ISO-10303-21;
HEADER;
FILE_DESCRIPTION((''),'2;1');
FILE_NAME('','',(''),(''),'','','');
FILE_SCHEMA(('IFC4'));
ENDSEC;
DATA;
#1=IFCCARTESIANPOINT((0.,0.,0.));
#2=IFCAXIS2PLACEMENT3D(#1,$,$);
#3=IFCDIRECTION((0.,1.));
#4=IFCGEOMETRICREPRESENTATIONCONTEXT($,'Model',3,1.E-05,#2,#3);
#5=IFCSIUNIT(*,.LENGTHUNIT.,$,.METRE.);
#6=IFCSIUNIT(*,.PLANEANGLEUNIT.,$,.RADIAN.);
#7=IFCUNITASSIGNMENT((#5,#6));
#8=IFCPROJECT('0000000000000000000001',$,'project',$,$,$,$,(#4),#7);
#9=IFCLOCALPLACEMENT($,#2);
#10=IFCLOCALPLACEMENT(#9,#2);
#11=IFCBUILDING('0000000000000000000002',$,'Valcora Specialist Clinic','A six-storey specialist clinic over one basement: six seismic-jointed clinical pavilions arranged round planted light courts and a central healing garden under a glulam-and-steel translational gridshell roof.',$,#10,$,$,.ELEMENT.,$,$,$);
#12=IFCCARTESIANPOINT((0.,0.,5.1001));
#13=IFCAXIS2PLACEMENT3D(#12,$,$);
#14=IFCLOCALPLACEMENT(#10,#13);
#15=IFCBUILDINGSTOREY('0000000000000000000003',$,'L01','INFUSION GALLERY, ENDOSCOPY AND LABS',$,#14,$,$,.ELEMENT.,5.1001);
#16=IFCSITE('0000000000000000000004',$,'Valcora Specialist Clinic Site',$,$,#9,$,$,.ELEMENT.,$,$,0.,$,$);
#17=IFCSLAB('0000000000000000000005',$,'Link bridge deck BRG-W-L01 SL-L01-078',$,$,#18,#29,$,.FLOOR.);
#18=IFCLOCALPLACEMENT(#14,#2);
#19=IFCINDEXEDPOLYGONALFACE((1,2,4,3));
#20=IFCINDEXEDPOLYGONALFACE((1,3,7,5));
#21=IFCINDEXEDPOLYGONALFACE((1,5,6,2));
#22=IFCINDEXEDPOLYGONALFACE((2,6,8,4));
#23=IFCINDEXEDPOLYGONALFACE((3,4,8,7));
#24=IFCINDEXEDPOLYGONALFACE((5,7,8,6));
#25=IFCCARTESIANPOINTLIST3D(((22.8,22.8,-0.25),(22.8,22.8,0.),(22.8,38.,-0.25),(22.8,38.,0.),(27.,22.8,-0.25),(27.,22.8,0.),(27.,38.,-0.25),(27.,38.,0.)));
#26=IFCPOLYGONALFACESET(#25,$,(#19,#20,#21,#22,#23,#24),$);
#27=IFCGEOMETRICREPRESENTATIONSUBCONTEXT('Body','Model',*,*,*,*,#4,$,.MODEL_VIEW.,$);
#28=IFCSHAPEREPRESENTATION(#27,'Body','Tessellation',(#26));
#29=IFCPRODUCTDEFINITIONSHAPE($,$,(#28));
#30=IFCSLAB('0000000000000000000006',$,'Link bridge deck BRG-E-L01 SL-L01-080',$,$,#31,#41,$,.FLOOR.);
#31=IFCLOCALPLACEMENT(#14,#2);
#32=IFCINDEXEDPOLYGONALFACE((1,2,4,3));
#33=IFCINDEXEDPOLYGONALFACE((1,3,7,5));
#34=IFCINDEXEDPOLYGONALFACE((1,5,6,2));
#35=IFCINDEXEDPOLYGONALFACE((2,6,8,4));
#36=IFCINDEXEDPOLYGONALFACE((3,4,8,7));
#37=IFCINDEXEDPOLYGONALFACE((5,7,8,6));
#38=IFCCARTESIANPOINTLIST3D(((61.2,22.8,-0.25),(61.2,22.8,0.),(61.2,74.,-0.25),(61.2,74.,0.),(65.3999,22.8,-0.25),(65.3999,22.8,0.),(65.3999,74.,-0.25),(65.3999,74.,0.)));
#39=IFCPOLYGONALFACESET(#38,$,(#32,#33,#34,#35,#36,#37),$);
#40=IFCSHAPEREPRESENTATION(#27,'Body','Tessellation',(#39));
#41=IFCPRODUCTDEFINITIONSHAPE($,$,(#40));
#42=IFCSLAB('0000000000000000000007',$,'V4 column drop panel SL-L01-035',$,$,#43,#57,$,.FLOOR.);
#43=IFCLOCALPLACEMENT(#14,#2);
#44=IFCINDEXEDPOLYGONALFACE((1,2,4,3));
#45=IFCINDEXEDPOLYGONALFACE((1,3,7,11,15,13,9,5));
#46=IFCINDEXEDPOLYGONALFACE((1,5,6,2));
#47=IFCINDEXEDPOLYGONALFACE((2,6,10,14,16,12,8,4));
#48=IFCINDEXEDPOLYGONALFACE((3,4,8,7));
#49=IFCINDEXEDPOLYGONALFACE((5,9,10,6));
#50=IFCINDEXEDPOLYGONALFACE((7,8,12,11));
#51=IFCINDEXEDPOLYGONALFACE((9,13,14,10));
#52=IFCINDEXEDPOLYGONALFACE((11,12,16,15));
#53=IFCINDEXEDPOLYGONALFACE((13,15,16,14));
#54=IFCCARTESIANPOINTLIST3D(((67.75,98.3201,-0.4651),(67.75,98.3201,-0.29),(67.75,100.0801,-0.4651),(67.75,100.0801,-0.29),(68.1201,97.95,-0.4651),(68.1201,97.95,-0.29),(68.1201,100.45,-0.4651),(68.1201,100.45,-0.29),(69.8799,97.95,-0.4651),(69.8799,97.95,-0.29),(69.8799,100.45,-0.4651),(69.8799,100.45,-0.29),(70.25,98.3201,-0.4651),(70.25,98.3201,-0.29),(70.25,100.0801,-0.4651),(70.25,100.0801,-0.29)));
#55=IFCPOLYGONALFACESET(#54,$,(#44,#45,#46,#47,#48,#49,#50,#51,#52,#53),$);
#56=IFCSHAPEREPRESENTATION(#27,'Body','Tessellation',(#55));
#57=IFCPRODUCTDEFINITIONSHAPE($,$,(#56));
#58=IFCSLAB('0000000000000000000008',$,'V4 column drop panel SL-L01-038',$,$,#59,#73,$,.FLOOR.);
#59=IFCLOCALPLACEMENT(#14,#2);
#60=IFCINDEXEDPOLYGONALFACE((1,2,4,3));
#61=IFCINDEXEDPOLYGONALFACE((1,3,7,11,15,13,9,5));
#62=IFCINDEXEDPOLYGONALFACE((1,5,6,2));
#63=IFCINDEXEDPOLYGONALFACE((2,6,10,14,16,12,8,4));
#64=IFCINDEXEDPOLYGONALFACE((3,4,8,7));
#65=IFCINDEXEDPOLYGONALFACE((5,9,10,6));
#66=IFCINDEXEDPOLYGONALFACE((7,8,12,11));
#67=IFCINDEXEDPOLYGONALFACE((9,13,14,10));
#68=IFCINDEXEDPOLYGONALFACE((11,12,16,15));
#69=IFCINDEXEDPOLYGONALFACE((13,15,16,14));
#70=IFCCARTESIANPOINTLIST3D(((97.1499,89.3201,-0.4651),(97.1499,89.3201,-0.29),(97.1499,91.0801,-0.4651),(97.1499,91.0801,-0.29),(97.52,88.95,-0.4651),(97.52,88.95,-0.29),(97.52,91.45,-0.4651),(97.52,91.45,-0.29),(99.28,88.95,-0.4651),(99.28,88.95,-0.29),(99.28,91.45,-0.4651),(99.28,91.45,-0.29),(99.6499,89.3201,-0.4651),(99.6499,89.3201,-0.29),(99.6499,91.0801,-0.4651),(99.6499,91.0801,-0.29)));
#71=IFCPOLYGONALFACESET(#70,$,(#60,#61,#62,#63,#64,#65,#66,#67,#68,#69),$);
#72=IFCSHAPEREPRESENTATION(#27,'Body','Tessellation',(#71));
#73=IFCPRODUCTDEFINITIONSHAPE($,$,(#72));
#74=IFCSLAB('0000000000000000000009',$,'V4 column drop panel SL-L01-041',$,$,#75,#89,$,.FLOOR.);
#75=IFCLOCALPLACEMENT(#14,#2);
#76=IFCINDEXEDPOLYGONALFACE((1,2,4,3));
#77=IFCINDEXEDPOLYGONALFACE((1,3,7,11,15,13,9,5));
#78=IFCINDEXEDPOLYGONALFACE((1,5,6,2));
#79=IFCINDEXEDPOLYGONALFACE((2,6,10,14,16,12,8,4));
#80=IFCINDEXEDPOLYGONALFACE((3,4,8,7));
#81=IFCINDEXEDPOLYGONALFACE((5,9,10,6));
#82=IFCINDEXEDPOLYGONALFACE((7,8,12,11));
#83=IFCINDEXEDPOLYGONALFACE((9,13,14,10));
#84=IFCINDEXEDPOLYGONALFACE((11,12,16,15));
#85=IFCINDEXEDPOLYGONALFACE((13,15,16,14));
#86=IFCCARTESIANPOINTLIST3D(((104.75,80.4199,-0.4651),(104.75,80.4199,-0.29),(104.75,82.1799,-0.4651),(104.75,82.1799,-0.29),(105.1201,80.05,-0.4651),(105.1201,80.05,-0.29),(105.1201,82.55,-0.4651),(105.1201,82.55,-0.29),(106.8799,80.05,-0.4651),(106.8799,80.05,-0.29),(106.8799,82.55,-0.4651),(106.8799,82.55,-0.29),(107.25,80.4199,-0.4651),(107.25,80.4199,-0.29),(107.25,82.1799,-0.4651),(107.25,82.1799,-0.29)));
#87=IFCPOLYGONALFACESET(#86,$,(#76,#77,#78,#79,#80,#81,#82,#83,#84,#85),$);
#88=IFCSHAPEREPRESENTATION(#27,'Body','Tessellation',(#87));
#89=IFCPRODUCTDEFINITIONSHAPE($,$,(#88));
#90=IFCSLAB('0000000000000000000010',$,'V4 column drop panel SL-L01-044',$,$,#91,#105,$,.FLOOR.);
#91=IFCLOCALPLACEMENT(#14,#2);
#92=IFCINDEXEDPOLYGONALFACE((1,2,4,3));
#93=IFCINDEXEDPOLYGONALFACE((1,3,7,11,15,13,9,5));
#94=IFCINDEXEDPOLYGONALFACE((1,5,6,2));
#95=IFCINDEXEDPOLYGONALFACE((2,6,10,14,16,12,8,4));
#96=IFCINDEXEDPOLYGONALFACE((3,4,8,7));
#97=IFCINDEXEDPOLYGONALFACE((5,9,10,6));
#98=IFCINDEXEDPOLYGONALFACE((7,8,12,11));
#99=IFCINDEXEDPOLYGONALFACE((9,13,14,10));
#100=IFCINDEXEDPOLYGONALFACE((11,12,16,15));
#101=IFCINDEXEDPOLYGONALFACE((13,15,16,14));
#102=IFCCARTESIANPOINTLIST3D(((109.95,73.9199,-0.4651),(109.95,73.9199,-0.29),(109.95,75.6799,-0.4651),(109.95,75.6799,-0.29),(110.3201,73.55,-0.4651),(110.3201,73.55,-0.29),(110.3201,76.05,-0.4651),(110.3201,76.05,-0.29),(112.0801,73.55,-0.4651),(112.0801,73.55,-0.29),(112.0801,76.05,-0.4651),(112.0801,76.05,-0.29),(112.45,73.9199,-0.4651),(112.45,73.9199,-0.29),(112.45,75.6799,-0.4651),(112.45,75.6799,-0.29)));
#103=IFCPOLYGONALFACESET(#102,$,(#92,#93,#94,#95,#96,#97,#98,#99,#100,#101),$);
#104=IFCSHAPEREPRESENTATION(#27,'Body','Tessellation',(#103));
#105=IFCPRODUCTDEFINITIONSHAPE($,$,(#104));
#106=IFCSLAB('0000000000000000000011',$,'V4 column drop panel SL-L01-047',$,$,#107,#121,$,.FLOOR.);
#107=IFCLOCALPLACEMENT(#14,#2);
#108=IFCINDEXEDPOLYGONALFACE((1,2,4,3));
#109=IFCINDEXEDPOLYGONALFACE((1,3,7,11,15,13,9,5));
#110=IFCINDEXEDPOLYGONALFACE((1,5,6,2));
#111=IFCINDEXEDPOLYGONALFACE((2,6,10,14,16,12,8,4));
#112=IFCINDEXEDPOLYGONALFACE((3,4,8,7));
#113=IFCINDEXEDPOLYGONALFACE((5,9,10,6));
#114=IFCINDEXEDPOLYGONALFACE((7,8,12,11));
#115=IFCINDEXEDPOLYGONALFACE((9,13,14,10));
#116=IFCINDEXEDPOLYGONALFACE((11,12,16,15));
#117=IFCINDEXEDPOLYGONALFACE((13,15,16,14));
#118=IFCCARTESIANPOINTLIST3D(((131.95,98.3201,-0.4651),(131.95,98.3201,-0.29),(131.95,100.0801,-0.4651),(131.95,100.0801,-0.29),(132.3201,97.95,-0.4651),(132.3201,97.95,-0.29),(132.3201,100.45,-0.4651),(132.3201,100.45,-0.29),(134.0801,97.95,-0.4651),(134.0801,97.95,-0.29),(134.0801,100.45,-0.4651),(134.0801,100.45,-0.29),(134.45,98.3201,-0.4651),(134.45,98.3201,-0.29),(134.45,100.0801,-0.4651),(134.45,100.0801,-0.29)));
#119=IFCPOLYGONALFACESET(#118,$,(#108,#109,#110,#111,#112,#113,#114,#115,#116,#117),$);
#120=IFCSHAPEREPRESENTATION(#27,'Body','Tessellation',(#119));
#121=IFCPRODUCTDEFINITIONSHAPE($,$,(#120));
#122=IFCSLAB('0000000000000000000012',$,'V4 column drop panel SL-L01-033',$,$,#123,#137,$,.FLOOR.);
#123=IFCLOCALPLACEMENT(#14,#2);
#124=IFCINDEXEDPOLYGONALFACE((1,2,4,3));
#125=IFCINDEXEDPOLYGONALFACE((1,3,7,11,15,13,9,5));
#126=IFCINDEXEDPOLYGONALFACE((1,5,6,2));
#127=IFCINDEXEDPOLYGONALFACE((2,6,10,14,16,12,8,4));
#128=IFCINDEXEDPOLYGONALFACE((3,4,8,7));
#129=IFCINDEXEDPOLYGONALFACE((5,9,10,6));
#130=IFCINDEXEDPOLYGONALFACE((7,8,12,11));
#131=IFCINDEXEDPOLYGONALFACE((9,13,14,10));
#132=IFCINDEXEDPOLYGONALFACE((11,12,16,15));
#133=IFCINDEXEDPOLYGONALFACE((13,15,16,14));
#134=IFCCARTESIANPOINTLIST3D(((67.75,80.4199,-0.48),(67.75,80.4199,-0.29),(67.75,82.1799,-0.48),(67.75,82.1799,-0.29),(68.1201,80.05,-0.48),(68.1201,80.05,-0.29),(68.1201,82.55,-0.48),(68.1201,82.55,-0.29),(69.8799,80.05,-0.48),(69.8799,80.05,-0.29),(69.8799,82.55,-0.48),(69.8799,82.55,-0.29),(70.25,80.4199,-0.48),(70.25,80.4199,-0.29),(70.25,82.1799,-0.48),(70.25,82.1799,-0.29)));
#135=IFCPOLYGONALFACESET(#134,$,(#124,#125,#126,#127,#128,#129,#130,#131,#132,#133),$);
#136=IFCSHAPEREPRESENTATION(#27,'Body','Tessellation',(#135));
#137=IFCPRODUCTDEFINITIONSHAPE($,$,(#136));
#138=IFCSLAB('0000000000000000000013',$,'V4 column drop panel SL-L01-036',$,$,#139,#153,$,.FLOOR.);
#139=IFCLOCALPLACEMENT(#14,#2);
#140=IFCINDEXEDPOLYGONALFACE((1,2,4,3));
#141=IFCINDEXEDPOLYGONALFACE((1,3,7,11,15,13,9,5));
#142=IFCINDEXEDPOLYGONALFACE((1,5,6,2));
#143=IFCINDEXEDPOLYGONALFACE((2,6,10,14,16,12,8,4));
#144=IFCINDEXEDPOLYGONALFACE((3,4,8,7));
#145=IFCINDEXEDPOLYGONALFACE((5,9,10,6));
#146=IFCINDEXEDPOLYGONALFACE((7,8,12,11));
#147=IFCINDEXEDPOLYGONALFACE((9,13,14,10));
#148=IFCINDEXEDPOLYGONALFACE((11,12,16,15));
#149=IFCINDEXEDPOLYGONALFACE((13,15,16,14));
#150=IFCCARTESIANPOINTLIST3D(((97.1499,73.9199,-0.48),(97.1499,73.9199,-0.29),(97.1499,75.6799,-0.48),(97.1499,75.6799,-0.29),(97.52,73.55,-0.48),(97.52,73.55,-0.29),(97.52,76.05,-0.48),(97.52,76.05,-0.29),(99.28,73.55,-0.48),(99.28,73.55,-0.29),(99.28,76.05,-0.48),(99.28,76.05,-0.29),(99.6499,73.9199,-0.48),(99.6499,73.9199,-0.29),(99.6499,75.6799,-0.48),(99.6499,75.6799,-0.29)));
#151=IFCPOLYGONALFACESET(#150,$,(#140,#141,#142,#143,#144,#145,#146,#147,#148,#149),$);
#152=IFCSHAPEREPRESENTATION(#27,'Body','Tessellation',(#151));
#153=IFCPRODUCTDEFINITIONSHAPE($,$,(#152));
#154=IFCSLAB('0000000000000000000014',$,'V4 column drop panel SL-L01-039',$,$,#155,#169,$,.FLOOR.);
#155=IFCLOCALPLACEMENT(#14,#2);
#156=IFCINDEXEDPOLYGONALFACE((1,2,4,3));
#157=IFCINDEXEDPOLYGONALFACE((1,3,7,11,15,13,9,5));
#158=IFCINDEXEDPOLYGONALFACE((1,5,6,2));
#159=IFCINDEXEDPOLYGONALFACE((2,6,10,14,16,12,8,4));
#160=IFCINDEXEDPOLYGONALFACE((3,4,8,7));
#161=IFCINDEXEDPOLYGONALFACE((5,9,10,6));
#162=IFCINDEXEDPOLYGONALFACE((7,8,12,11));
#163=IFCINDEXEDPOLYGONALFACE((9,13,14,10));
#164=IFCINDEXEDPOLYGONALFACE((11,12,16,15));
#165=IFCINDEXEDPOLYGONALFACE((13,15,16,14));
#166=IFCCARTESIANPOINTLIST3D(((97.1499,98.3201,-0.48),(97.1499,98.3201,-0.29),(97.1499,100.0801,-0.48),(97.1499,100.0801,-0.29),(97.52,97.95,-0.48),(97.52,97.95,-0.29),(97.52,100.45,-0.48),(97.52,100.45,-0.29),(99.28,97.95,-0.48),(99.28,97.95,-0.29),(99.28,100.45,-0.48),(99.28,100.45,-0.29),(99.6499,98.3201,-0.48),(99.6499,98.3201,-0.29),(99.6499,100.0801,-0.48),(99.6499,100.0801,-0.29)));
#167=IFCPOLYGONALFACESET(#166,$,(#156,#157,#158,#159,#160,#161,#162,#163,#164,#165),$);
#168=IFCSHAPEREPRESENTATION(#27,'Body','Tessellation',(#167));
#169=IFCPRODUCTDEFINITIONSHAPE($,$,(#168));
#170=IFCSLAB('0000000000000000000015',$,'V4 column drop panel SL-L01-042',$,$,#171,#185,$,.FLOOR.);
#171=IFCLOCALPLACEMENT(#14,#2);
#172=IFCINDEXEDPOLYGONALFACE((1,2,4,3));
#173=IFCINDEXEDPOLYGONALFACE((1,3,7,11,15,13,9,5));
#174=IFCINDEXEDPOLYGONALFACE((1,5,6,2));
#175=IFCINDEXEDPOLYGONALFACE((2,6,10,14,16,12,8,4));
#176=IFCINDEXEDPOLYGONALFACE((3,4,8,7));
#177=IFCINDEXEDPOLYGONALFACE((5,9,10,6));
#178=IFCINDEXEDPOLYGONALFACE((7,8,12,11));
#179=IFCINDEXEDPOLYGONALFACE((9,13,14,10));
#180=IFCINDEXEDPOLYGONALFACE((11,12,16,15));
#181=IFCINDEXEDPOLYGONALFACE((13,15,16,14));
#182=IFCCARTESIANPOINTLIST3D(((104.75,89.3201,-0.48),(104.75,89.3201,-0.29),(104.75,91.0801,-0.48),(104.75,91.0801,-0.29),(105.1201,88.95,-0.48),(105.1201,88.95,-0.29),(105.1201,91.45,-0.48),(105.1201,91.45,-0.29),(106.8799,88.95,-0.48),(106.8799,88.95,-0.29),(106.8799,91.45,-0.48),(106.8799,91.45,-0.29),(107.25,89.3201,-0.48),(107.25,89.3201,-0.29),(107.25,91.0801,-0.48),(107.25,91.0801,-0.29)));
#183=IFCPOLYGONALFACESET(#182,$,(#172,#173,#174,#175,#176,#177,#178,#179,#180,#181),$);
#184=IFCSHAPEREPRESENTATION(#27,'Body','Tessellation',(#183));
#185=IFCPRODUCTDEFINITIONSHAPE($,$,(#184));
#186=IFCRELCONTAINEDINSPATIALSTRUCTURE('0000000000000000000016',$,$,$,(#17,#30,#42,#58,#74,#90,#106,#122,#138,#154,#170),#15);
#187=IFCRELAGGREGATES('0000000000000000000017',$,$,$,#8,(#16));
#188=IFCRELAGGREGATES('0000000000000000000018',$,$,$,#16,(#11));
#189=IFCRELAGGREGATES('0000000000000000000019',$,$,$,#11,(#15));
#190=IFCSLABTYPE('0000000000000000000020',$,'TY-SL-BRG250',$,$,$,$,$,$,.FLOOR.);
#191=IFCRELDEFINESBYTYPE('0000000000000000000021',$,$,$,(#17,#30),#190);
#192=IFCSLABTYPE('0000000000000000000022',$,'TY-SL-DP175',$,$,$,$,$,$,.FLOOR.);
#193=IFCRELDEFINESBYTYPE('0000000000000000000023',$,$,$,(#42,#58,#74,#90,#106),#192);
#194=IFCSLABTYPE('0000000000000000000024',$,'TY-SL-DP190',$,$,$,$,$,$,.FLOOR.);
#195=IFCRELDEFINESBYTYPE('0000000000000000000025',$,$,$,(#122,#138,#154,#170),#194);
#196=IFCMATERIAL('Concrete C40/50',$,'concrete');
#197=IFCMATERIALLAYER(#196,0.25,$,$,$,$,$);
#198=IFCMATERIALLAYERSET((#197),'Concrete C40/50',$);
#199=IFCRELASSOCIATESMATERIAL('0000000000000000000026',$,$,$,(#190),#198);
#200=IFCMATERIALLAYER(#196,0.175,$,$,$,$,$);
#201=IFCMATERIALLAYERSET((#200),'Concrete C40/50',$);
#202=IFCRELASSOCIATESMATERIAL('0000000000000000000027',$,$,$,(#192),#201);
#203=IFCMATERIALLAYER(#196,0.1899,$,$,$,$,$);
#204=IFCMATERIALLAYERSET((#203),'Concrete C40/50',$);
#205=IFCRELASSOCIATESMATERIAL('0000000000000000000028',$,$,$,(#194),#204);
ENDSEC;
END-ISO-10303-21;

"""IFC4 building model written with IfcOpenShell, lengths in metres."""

from ifc_helpers import new_model, si_unit, direction, frame, origin, place, context, subcontext, project, spatial, polyline, outline, extrude, material, layer, layer_set, type_object, element, save


model = new_model("IFC4")

# Units and contexts
model_context = context("Model", 3, precision=1e-05, world=origin(), true_north=direction((0.0, 1.0)))
body_context = subcontext(model_context, "Body", "Model", "MODEL_VIEW")
ifc_project = project(units=[si_unit("LENGTHUNIT", "METRE"), si_unit("PLANEANGLEUNIT", "RADIAN")], contexts=[model_context])

# Site, building, storey
site_placement = place(None, origin())
site = spatial("IfcSite", under=ifc_project, at=site_placement, Name="Valcora Specialist Clinic Site", CompositionType="ELEMENT", RefElevation=0.0)
building_placement = place(site_placement, origin())
building = spatial("IfcBuilding", under=site, at=building_placement, Name="Valcora Specialist Clinic", Description="A six-storey specialist clinic over one basement: six seismic-jointed clinical pavilions arranged round planted light courts and a central healing garden under a glulam-and-steel translational gridshell roof.", CompositionType="ELEMENT")
storey_placement = place(building_placement, frame((0.0, 0.0, 5.1001)))
storey = spatial("IfcBuildingStorey", under=building, at=storey_placement, Name="L01", Description="INFUSION GALLERY, ENDOSCOPY AND LABS", CompositionType="ELEMENT", Elevation=5.1001)

# Slabs
ifc_material_1 = material(Name="Concrete C40/50", Category="concrete")
ifc_layer_1 = layer(ifc_material_1, 0.25)
ifc_layer_set_1 = layer_set([ifc_layer_1], Name="Concrete C40/50")
slab_type_1 = type_object("IfcSlabType", Name="TY-SL-BRG250", PredefinedType="FLOOR", material=ifc_layer_set_1)
slab_1_placement = place(storey_placement, frame((0.0, 0.0, -0.25)))
element("IfcSlab", 1, at=slab_1_placement, inside=storey, type_object=slab_type_1, Name="Link bridge deck BRG-W-L01 SL-L01-078", PredefinedType="FLOOR", context=body_context, shape_type="SweptSolid", body=[
    extrude(outline(polyline([(22.8, 22.8), (27.0, 22.8), (27.0, 38.0), (22.8, 38.0), (22.8, 22.8)])), origin(), (0.0, 0.0, 1.0), 0.25),
])
slab_2_placement = place(storey_placement, frame((0.0, 0.0, -0.25)))
element("IfcSlab", 2, at=slab_2_placement, inside=storey, type_object=slab_type_1, Name="Link bridge deck BRG-E-L01 SL-L01-080", PredefinedType="FLOOR", context=body_context, shape_type="SweptSolid", body=[
    extrude(outline(polyline([(61.2, 22.8), (65.3999, 22.8), (65.3999, 74.0), (61.2, 74.0), (61.2, 22.8)])), origin(), (0.0, 0.0, 1.0), 0.25),
])
ifc_layer_2 = layer(ifc_material_1, 0.175)
ifc_layer_set_2 = layer_set([ifc_layer_2], Name="Concrete C40/50")
slab_type_2 = type_object("IfcSlabType", Name="TY-SL-DP175", PredefinedType="FLOOR", material=ifc_layer_set_2)
slab_3_placement = place(storey_placement, frame((0.0, 0.0, -0.4651)))
element("IfcSlab", 3, at=slab_3_placement, inside=storey, type_object=slab_type_2, Name="V4 column drop panel SL-L01-035", PredefinedType="FLOOR", context=body_context, shape_type="SweptSolid", body=[
    extrude(outline(polyline([(68.1201, 97.95), (69.8799, 97.95), (70.25, 98.3201), (70.25, 100.0801), (69.8799, 100.45), (68.1201, 100.45), (67.75, 100.0801), (67.75, 98.3201), (68.1201, 97.95)])), origin(), (0.0, 0.0, 1.0), 0.175),
])
slab_4_placement = place(storey_placement, frame((0.0, 0.0, -0.4651)))
element("IfcSlab", 4, at=slab_4_placement, inside=storey, type_object=slab_type_2, Name="V4 column drop panel SL-L01-038", PredefinedType="FLOOR", context=body_context, shape_type="SweptSolid", body=[
    extrude(outline(polyline([(97.52, 88.95), (99.28, 88.95), (99.6499, 89.3201), (99.6499, 91.0801), (99.28, 91.45), (97.52, 91.45), (97.1499, 91.0801), (97.1499, 89.3201), (97.52, 88.95)])), origin(), (0.0, 0.0, 1.0), 0.175),
])
slab_5_placement = place(storey_placement, frame((0.0, 0.0, -0.4651)))
element("IfcSlab", 5, at=slab_5_placement, inside=storey, type_object=slab_type_2, Name="V4 column drop panel SL-L01-041", PredefinedType="FLOOR", context=body_context, shape_type="SweptSolid", body=[
    extrude(outline(polyline([(105.1201, 80.05), (106.8799, 80.05), (107.25, 80.4199), (107.25, 82.1799), (106.8799, 82.55), (105.1201, 82.55), (104.75, 82.1799), (104.75, 80.4199), (105.1201, 80.05)])), origin(), (0.0, 0.0, 1.0), 0.175),
])
slab_6_placement = place(storey_placement, frame((0.0, 0.0, -0.4651)))
element("IfcSlab", 6, at=slab_6_placement, inside=storey, type_object=slab_type_2, Name="V4 column drop panel SL-L01-044", PredefinedType="FLOOR", context=body_context, shape_type="SweptSolid", body=[
    extrude(outline(polyline([(110.3201, 73.55), (112.0801, 73.55), (112.45, 73.9199), (112.45, 75.6799), (112.0801, 76.05), (110.3201, 76.05), (109.95, 75.6799), (109.95, 73.9199), (110.3201, 73.55)])), origin(), (0.0, 0.0, 1.0), 0.175),
])
slab_7_placement = place(storey_placement, frame((0.0, 0.0, -0.4651)))
element("IfcSlab", 7, at=slab_7_placement, inside=storey, type_object=slab_type_2, Name="V4 column drop panel SL-L01-047", PredefinedType="FLOOR", context=body_context, shape_type="SweptSolid", body=[
    extrude(outline(polyline([(132.3201, 97.95), (134.0801, 97.95), (134.45, 98.3201), (134.45, 100.0801), (134.0801, 100.45), (132.3201, 100.45), (131.95, 100.0801), (131.95, 98.3201), (132.3201, 97.95)])), origin(), (0.0, 0.0, 1.0), 0.175),
])
ifc_layer_3 = layer(ifc_material_1, 0.1899)
ifc_layer_set_3 = layer_set([ifc_layer_3], Name="Concrete C40/50")
slab_type_3 = type_object("IfcSlabType", Name="TY-SL-DP190", PredefinedType="FLOOR", material=ifc_layer_set_3)
slab_8_placement = place(storey_placement, frame((0.0, 0.0, -0.48)))
element("IfcSlab", 8, at=slab_8_placement, inside=storey, type_object=slab_type_3, Name="V4 column drop panel SL-L01-033", PredefinedType="FLOOR", context=body_context, shape_type="SweptSolid", body=[
    extrude(outline(polyline([(68.1201, 80.05), (69.8799, 80.05), (70.25, 80.4199), (70.25, 82.1799), (69.8799, 82.55), (68.1201, 82.55), (67.75, 82.1799), (67.75, 80.4199), (68.1201, 80.05)])), origin(), (0.0, 0.0, 1.0), 0.1899),
])
slab_9_placement = place(storey_placement, frame((0.0, 0.0, -0.48)))
element("IfcSlab", 9, at=slab_9_placement, inside=storey, type_object=slab_type_3, Name="V4 column drop panel SL-L01-036", PredefinedType="FLOOR", context=body_context, shape_type="SweptSolid", body=[
    extrude(outline(polyline([(97.52, 73.55), (99.28, 73.55), (99.6499, 73.9199), (99.6499, 75.6799), (99.28, 76.05), (97.52, 76.05), (97.1499, 75.6799), (97.1499, 73.9199), (97.52, 73.55)])), origin(), (0.0, 0.0, 1.0), 0.1899),
])
slab_10_placement = place(storey_placement, frame((0.0, 0.0, -0.48)))
element("IfcSlab", 10, at=slab_10_placement, inside=storey, type_object=slab_type_3, Name="V4 column drop panel SL-L01-039", PredefinedType="FLOOR", context=body_context, shape_type="SweptSolid", body=[
    extrude(outline(polyline([(97.52, 97.95), (99.28, 97.95), (99.6499, 98.3201), (99.6499, 100.0801), (99.28, 100.45), (97.52, 100.45), (97.1499, 100.0801), (97.1499, 98.3201), (97.52, 97.95)])), origin(), (0.0, 0.0, 1.0), 0.1899),
])
slab_11_placement = place(storey_placement, frame((0.0, 0.0, -0.48)))
element("IfcSlab", 11, at=slab_11_placement, inside=storey, type_object=slab_type_3, Name="V4 column drop panel SL-L01-042", PredefinedType="FLOOR", context=body_context, shape_type="SweptSolid", body=[
    extrude(outline(polyline([(105.1201, 88.95), (106.8799, 88.95), (107.25, 89.3201), (107.25, 91.0801), (106.8799, 91.45), (105.1201, 91.45), (104.75, 91.0801), (104.75, 89.3201), (105.1201, 88.95)])), origin(), (0.0, 0.0, 1.0), 0.1899),
])

save(model, "model.ifc")
